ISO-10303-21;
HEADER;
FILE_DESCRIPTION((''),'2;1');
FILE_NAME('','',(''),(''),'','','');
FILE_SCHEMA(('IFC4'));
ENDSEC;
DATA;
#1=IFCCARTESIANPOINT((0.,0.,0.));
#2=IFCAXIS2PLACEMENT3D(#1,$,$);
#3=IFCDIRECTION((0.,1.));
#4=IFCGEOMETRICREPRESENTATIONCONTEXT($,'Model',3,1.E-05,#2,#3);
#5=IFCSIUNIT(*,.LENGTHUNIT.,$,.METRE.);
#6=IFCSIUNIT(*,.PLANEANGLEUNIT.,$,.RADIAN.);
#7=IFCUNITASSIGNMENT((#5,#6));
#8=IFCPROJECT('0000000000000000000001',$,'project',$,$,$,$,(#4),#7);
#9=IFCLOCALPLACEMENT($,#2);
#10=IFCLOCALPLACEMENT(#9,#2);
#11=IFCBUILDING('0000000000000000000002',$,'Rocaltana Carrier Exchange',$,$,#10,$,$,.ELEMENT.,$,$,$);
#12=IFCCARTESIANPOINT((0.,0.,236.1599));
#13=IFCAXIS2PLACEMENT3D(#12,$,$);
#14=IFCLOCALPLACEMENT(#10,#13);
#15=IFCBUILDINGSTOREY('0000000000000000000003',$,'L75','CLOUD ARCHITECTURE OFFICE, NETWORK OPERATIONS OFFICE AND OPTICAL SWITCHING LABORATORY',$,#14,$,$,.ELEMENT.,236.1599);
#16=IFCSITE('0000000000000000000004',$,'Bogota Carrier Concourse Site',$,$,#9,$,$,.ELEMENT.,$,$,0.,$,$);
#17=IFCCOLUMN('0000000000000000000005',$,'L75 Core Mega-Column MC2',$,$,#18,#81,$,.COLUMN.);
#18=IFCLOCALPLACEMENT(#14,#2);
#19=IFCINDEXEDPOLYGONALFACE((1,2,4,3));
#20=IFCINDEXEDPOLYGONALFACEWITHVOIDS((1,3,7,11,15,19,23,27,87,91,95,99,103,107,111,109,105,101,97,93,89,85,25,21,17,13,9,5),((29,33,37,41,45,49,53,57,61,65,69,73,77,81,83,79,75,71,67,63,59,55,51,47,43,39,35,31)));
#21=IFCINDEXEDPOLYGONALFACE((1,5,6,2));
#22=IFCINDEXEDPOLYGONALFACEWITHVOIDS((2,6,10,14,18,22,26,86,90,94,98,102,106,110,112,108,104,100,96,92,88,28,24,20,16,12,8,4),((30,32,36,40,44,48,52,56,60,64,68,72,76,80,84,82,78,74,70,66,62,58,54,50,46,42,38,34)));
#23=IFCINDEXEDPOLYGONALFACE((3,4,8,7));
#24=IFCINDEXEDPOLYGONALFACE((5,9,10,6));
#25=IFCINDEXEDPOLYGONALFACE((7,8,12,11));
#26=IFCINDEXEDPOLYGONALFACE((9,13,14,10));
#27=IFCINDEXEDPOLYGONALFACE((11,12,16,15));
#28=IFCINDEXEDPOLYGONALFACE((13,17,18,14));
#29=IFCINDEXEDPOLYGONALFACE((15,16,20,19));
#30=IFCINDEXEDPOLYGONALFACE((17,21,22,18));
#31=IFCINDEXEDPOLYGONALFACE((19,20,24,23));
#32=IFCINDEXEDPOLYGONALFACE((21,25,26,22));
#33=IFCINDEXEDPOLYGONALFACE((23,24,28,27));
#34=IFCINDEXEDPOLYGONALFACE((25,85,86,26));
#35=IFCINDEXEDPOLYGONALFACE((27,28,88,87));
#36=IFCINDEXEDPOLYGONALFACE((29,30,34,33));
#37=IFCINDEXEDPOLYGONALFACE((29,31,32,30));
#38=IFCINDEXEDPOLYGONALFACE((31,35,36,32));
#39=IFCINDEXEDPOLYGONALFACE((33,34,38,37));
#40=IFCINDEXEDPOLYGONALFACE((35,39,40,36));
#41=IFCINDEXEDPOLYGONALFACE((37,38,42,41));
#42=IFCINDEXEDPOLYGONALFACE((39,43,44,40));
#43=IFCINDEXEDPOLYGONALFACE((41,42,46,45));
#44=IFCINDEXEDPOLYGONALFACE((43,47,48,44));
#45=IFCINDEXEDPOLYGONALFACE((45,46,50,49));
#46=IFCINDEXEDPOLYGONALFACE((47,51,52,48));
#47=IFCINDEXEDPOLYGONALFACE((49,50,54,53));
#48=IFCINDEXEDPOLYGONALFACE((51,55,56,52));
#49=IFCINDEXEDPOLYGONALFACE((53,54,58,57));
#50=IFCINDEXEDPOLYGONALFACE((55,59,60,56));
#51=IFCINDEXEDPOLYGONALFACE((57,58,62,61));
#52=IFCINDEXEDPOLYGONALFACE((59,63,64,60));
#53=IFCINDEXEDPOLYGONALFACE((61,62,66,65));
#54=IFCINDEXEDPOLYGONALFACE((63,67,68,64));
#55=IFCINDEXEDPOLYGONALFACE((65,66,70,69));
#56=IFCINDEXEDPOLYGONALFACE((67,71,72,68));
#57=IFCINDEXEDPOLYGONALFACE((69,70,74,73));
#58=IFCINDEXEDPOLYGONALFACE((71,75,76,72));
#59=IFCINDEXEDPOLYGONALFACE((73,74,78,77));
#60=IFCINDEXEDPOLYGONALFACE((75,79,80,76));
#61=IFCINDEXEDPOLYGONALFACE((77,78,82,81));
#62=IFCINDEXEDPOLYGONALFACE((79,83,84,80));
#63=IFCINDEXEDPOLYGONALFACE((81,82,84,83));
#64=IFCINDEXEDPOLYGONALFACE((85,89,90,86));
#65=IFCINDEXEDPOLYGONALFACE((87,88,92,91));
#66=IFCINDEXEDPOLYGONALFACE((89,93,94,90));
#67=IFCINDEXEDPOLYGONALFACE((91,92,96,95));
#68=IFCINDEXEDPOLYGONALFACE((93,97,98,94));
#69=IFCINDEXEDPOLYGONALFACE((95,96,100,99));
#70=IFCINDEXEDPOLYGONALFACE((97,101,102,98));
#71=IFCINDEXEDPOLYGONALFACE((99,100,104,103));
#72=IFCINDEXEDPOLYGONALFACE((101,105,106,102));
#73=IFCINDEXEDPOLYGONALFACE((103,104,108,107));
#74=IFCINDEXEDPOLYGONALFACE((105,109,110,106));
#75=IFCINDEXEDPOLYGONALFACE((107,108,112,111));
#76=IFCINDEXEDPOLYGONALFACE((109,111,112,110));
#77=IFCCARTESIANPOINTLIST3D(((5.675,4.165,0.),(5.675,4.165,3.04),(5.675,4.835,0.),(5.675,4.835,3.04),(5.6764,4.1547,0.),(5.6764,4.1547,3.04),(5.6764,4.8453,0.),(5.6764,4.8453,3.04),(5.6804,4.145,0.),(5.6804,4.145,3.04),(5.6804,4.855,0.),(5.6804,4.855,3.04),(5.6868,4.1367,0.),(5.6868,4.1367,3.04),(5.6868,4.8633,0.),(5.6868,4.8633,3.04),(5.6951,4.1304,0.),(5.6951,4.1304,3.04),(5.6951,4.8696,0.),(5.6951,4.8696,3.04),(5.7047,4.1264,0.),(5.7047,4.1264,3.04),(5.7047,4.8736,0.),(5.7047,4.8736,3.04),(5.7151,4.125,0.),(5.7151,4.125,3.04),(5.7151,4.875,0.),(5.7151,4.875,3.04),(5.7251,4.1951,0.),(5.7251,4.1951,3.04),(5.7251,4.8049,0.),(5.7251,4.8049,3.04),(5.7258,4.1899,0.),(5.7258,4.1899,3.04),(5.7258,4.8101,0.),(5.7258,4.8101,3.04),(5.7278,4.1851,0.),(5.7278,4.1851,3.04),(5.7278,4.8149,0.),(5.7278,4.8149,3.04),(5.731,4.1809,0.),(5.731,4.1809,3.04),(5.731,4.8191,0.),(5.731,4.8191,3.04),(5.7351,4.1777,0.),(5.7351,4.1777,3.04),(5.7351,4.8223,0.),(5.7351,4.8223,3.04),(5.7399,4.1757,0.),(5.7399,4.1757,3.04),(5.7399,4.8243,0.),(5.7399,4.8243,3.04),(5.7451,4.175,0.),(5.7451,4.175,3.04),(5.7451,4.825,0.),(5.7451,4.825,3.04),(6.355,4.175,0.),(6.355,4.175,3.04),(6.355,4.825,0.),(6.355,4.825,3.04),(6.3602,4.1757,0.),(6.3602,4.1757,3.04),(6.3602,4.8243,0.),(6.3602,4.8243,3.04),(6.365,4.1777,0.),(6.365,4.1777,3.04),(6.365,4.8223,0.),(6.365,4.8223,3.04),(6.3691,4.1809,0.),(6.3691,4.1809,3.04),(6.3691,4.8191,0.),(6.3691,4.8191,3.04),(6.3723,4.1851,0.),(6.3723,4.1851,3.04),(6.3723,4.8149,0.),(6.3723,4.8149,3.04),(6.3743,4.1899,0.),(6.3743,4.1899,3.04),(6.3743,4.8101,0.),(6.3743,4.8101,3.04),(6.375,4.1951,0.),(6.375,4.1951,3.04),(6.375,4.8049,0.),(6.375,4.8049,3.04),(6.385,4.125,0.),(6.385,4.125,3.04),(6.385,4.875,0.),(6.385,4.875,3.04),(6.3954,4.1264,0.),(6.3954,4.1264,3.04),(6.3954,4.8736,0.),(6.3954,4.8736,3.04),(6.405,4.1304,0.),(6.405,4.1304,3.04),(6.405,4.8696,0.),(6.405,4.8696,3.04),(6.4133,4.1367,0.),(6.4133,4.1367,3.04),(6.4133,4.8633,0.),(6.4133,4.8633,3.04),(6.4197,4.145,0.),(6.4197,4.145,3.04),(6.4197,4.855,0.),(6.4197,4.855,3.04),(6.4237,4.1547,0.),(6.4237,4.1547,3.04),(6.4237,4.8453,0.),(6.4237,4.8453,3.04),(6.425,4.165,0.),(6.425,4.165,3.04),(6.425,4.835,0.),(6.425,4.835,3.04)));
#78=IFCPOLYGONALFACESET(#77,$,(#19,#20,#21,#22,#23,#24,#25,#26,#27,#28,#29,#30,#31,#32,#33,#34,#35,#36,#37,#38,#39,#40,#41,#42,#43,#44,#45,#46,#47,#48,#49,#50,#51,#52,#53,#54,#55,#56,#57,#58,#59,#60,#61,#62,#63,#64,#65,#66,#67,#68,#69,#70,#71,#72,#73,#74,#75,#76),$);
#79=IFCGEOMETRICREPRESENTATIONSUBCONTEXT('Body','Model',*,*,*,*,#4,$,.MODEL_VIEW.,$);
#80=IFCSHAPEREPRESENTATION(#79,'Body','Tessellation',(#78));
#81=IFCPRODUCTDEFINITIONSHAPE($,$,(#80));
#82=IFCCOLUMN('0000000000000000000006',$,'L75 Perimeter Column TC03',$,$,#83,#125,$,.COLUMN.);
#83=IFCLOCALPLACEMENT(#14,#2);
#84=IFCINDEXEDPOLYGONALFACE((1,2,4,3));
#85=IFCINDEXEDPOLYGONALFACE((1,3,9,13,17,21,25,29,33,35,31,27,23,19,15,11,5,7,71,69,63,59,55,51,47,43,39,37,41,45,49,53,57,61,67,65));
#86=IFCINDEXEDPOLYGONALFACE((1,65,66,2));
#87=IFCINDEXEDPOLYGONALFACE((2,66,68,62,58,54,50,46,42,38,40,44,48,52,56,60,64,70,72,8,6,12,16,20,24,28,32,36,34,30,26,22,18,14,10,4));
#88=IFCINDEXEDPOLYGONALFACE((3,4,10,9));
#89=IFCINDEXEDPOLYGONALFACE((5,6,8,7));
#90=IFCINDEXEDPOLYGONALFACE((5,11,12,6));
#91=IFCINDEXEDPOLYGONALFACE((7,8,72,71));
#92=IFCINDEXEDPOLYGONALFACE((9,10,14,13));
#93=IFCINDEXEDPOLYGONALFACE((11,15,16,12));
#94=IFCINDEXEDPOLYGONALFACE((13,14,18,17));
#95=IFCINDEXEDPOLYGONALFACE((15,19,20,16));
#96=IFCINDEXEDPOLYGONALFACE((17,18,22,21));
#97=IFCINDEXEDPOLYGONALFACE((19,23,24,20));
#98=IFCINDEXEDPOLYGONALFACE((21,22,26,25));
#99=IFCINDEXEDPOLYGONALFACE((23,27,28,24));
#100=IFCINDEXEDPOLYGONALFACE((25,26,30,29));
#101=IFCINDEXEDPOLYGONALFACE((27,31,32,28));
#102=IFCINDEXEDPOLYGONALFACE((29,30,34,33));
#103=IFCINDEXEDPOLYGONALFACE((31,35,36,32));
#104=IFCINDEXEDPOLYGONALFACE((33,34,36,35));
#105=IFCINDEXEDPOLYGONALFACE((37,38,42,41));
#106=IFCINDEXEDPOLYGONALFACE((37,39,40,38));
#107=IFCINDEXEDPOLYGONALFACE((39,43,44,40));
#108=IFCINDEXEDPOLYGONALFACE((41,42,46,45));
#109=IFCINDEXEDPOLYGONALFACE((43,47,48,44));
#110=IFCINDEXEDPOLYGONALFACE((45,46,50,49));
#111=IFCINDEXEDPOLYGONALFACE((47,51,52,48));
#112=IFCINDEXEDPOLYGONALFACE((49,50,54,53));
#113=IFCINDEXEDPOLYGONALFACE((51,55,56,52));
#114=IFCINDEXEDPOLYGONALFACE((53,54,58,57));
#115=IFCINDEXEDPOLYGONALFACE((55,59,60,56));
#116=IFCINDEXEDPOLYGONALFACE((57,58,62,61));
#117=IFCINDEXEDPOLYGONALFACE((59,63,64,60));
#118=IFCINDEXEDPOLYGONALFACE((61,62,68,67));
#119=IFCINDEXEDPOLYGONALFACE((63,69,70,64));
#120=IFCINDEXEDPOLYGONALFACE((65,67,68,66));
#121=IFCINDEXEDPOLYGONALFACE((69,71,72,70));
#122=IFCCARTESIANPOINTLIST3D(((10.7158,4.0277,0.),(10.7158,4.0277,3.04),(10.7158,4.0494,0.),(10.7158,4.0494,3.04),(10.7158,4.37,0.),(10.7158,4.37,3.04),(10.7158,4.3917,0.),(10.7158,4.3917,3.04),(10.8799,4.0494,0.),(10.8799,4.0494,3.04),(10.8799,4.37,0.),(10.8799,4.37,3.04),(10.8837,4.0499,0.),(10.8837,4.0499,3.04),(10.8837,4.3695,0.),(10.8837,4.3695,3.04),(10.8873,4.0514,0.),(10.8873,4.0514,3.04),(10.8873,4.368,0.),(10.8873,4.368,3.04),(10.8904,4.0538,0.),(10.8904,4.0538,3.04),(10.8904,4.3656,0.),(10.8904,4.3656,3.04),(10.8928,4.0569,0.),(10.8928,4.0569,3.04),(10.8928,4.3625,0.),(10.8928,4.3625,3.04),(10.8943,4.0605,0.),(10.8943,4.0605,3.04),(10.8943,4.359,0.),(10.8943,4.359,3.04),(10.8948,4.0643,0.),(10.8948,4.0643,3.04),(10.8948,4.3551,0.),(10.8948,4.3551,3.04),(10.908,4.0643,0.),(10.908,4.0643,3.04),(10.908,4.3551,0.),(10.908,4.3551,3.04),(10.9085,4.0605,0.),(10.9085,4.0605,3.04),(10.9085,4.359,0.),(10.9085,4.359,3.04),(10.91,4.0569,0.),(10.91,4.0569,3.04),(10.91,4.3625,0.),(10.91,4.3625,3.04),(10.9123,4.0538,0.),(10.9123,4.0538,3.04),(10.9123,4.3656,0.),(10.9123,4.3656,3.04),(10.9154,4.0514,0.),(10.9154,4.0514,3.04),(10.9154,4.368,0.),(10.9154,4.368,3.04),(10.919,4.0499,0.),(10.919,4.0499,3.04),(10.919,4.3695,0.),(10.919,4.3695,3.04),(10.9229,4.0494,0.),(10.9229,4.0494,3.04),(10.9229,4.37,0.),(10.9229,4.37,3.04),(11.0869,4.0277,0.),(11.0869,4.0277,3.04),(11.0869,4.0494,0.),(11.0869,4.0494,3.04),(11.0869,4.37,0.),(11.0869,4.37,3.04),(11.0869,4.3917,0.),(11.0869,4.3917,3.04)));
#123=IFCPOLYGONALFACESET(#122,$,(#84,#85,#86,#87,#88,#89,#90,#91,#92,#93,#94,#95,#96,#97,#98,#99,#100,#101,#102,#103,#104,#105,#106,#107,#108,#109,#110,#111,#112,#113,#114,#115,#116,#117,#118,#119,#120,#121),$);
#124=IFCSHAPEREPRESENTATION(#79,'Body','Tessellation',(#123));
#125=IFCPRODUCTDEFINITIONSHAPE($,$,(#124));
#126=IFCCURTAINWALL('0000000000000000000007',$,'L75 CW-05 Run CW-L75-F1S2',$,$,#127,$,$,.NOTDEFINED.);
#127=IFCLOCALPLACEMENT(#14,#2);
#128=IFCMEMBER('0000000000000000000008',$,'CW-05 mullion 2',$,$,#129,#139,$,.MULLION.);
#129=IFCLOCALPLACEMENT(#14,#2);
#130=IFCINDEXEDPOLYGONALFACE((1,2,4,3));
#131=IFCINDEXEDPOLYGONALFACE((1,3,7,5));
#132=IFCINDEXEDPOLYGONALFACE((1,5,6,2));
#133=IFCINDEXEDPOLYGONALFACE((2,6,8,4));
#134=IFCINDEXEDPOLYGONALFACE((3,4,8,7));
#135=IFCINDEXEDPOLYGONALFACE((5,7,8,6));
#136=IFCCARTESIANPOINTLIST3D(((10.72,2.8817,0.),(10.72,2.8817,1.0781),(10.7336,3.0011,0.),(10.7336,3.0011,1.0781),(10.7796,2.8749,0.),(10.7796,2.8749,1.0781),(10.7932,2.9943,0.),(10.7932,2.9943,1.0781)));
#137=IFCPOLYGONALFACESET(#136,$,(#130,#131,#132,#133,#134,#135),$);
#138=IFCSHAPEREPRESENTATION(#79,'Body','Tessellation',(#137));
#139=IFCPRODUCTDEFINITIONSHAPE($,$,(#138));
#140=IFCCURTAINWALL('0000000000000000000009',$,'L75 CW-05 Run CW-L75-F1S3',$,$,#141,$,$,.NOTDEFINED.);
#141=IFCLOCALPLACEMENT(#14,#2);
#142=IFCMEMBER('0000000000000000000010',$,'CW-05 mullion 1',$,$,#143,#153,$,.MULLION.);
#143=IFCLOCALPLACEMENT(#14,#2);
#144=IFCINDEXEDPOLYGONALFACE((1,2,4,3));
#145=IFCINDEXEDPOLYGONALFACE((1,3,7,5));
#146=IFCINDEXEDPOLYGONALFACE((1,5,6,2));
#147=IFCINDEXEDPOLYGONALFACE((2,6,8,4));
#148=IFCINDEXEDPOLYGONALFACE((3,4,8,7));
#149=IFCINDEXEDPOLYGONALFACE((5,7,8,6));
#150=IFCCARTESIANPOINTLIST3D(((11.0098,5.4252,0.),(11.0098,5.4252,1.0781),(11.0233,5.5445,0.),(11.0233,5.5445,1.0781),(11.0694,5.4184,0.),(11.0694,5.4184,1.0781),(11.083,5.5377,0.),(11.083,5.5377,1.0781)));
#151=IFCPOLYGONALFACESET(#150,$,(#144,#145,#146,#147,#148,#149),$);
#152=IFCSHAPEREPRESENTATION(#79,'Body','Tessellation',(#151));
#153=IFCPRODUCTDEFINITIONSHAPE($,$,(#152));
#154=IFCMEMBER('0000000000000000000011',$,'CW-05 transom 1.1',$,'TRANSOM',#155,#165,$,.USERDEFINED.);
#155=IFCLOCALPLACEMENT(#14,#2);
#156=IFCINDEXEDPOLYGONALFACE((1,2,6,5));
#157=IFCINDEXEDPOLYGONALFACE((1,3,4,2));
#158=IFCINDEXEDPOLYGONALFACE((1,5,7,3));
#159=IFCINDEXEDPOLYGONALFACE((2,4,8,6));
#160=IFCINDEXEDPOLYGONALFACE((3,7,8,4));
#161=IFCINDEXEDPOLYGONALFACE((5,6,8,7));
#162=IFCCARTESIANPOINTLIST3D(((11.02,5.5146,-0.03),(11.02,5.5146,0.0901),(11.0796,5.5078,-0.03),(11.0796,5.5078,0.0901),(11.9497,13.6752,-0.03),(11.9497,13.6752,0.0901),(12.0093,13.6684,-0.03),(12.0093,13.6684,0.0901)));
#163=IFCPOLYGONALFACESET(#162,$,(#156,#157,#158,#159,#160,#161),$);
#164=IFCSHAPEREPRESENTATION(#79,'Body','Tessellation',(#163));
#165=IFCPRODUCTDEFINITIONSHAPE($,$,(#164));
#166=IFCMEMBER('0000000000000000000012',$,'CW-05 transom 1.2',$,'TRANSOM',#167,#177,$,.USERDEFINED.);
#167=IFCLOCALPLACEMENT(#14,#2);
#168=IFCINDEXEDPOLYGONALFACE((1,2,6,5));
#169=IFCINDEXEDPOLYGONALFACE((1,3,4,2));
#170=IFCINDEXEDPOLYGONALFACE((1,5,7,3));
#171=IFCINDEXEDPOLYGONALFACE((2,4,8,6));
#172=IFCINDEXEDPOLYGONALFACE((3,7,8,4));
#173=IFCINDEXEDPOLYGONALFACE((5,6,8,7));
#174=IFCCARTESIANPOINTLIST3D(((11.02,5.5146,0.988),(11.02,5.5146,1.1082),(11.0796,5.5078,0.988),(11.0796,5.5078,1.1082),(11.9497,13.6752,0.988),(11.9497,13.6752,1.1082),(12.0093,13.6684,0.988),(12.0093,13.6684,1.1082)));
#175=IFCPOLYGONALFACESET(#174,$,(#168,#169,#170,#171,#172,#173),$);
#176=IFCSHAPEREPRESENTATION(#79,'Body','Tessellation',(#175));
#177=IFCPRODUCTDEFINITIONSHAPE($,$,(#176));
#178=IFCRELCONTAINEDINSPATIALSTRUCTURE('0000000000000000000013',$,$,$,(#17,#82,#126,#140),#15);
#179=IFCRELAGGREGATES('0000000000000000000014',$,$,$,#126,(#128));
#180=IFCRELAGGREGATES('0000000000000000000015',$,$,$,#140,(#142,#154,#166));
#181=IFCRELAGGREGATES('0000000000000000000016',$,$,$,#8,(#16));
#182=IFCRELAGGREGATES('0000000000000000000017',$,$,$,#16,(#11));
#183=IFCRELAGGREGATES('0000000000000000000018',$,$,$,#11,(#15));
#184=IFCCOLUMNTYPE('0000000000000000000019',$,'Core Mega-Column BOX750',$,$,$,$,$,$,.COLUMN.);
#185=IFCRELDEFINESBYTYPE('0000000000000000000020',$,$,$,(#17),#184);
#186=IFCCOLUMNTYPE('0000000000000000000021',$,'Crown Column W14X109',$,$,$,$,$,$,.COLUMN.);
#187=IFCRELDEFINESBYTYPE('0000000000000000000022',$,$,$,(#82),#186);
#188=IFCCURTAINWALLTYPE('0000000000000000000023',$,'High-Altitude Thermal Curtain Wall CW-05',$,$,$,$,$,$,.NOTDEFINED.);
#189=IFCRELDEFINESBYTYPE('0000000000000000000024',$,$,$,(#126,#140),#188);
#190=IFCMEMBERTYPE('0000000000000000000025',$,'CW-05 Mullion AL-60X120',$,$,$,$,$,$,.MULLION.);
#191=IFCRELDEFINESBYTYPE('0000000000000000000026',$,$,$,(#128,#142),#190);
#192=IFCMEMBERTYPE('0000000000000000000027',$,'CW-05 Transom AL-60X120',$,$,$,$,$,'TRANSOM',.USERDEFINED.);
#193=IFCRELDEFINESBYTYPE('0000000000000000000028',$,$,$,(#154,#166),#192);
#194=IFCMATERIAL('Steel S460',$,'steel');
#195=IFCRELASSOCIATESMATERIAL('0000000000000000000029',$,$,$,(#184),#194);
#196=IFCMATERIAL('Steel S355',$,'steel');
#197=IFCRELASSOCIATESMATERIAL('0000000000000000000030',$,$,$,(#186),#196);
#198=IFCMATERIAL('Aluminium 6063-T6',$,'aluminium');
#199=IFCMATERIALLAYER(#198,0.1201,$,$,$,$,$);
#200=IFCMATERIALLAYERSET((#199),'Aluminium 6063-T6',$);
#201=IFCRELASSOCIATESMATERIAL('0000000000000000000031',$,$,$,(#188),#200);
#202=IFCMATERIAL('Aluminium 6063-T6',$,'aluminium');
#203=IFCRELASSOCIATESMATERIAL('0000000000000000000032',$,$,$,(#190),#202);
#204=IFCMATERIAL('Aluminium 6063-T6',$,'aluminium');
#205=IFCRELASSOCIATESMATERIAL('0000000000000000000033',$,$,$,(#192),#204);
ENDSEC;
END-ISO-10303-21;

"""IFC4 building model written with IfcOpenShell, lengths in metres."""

from ifc_helpers import new_model, si_unit, direction, frame, origin, origin_2d, place, context, subcontext, project, spatial, rectangle, hollow_rectangle, i_section, extrude, material, layer, layer_set, material_profile, profile_set, type_object, element, aggregate, save


model = new_model("IFC4")

# Units and contexts
model_context = context("Model", 3, precision=1e-05, world=origin(), true_north=direction((0.0, 1.0)))
body_context = subcontext(model_context, "Body", "Model", "MODEL_VIEW")
ifc_project = project(units=[si_unit("LENGTHUNIT", "METRE"), si_unit("PLANEANGLEUNIT", "RADIAN")], contexts=[model_context])

# Site, building, storey
site_placement = place(None, origin())
site = spatial("IfcSite", under=ifc_project, at=site_placement, Name="Bogota Carrier Concourse Site", CompositionType="ELEMENT", RefElevation=0.0)
building_placement = place(site_placement, origin())
building = spatial("IfcBuilding", under=site, at=building_placement, Name="Rocaltana Carrier Exchange", CompositionType="ELEMENT")
storey_placement = place(building_placement, frame((0.0, 0.0, 236.1599)))
storey = spatial("IfcBuildingStorey", under=building, at=storey_placement, Name="L75", Description="CLOUD ARCHITECTURE OFFICE, NETWORK OPERATIONS OFFICE AND OPTICAL SWITCHING LABORATORY", CompositionType="ELEMENT", Elevation=236.1599)

# Columns
ifc_material_1 = material(Name="Steel S460", Category="steel")
ifc_material_profile_1 = material_profile(ifc_material_1, hollow_rectangle(XDim=0.75, YDim=0.75, WallThickness=0.05, InnerFilletRadius=0.02, OuterFilletRadius=0.04, at=origin_2d()), Name="BOX750X750X50")
ifc_profile_set_1 = profile_set([ifc_material_profile_1], Name="Steel S460")
column_type_1 = type_object("IfcColumnType", Name="Core Mega-Column BOX750", PredefinedType="COLUMN", material=ifc_profile_set_1)
column_1_placement = place(storey_placement, frame((6.05, 4.5, 0.0), z_axis=(0.0, 0.0, 1.0), x_axis=(1.0, 0.0, 0.0)))
element("IfcColumn", 1, at=column_1_placement, inside=storey, type_object=column_type_1, Name="L75 Core Mega-Column MC2", PredefinedType="COLUMN", context=body_context, shape_type="SweptSolid", body=[
    extrude(hollow_rectangle(XDim=0.75, YDim=0.75, WallThickness=0.05, InnerFilletRadius=0.02, OuterFilletRadius=0.04, at=origin_2d()), origin(), (0.0, 0.0, 1.0), 3.04),
])
ifc_material_2 = material(Name="Steel S355", Category="steel")
ifc_material_profile_2 = material_profile(ifc_material_2, i_section(OverallWidth=0.3711, OverallDepth=0.364, WebThickness=0.0132, FlangeThickness=0.0217, FilletRadius=0.0149, at=origin_2d()), Name="W14X109")
ifc_profile_set_2 = profile_set([ifc_material_profile_2], Name="Steel S355")
column_type_2 = type_object("IfcColumnType", Name="Crown Column W14X109", PredefinedType="COLUMN", material=ifc_profile_set_2)
column_2_placement = place(storey_placement, frame((10.9014, 4.2097, 0.0), z_axis=(0.0, 0.0, 1.0), x_axis=(1.0, 0.0, 0.0)))
element("IfcColumn", 2, at=column_2_placement, inside=storey, type_object=column_type_2, Name="L75 Perimeter Column TC03", PredefinedType="COLUMN", context=body_context, shape_type="SweptSolid", body=[
    extrude(i_section(OverallWidth=0.3711, OverallDepth=0.364, WebThickness=0.0132, FlangeThickness=0.0217, FilletRadius=0.0149, at=origin_2d()), origin(), (0.0, 0.0, 1.0), 3.04),
])

# Curtain wall, member
ifc_material_3 = material(Name="Aluminium 6063-T6", Category="aluminium")
ifc_layer_1 = layer(ifc_material_3, 0.1201)
ifc_layer_set_1 = layer_set([ifc_layer_1], Name="Aluminium 6063-T6")
curtain_wall_type = type_object("IfcCurtainWallType", Name="High-Altitude Thermal Curtain Wall CW-05", PredefinedType="NOTDEFINED", material=ifc_layer_set_1)
curtain_wall_1_placement = place(storey_placement, origin())
curtain_wall_1 = element("IfcCurtainWall", 3, at=curtain_wall_1_placement, inside=storey, type_object=curtain_wall_type, Name="L75 CW-05 Run CW-L75-F1S2", PredefinedType="NOTDEFINED")
ifc_material_4 = material(Name="Aluminium 6063-T6", Category="aluminium")
ifc_material_profile_3 = material_profile(ifc_material_4, rectangle(XDim=0.0601, YDim=0.1201, at=origin_2d()), Name="AL-60X120")
ifc_profile_set_3 = profile_set([ifc_material_profile_3], Name="Aluminium 6063-T6")
member_type_1 = type_object("IfcMemberType", Name="CW-05 Mullion AL-60X120", PredefinedType="MULLION", material=ifc_profile_set_3)
member_1_placement = place(storey_placement, frame((10.7566, 2.938, 0.0), z_axis=(0.0, 0.0, 1.0), x_axis=(-0.993571, 0.113209, 0.0)))
member_1 = element("IfcMember", 4, at=member_1_placement, type_object=member_type_1, Name="CW-05 mullion 2", PredefinedType="MULLION", context=body_context, shape_type="SweptSolid", body=[
    extrude(rectangle(XDim=0.0601, YDim=0.1201, at=origin_2d()), origin(), (0.0, 0.0, 1.0), 1.0781),
])
aggregate(curtain_wall_1, [member_1])

# Curtain wall, members
curtain_wall_2_placement = place(storey_placement, origin())
curtain_wall_2 = element("IfcCurtainWall", 5, at=curtain_wall_2_placement, inside=storey, type_object=curtain_wall_type, Name="L75 CW-05 Run CW-L75-F1S3", PredefinedType="NOTDEFINED")
member_2_placement = place(storey_placement, frame((11.0464, 5.4814, 0.0), z_axis=(0.0, 0.0, 1.0), x_axis=(-0.993573, 0.113197, 0.0)))
member_2 = element("IfcMember", 6, at=member_2_placement, type_object=member_type_1, Name="CW-05 mullion 1", PredefinedType="MULLION", context=body_context, shape_type="SweptSolid", body=[
    extrude(rectangle(XDim=0.0601, YDim=0.1201, at=origin_2d()), origin(), (0.0, 0.0, 1.0), 1.0781),
])
ifc_material_5 = material(Name="Aluminium 6063-T6", Category="aluminium")
ifc_material_profile_4 = material_profile(ifc_material_5, rectangle(XDim=0.0601, YDim=0.1201, at=origin_2d()), Name="AL-60X120")
ifc_profile_set_4 = profile_set([ifc_material_profile_4], Name="Aluminium 6063-T6")
member_type_2 = type_object("IfcMemberType", Name="CW-05 Transom AL-60X120", ElementType="TRANSOM", PredefinedType="USERDEFINED", material=ifc_profile_set_4)
member_3_placement = place(storey_placement, frame((11.0498, 5.5112, 0.03), z_axis=(0.113191, 0.993573, 0.0), x_axis=(-0.993573, 0.113191, 0.0)))
member_3 = element("IfcMember", 7, at=member_3_placement, type_object=member_type_2, Name="CW-05 transom 1.1", ObjectType="TRANSOM", PredefinedType="USERDEFINED", context=body_context, shape_type="SweptSolid", body=[
    extrude(rectangle(XDim=0.0601, YDim=0.1201, at=origin_2d()), origin(), (0.0, 0.0, 1.0), 8.2134),
])
member_4_placement = place(storey_placement, frame((11.0498, 5.5112, 1.0481), z_axis=(0.113191, 0.993573, 0.0), x_axis=(-0.993573, 0.113191, 0.0)))
member_4 = element("IfcMember", 8, at=member_4_placement, type_object=member_type_2, Name="CW-05 transom 1.2", ObjectType="TRANSOM", PredefinedType="USERDEFINED", context=body_context, shape_type="SweptSolid", body=[
    extrude(rectangle(XDim=0.0601, YDim=0.1201, at=origin_2d()), origin(), (0.0, 0.0, 1.0), 8.2134),
])
aggregate(curtain_wall_2, [member_2, member_3, member_4])

save(model, "model.ifc")
